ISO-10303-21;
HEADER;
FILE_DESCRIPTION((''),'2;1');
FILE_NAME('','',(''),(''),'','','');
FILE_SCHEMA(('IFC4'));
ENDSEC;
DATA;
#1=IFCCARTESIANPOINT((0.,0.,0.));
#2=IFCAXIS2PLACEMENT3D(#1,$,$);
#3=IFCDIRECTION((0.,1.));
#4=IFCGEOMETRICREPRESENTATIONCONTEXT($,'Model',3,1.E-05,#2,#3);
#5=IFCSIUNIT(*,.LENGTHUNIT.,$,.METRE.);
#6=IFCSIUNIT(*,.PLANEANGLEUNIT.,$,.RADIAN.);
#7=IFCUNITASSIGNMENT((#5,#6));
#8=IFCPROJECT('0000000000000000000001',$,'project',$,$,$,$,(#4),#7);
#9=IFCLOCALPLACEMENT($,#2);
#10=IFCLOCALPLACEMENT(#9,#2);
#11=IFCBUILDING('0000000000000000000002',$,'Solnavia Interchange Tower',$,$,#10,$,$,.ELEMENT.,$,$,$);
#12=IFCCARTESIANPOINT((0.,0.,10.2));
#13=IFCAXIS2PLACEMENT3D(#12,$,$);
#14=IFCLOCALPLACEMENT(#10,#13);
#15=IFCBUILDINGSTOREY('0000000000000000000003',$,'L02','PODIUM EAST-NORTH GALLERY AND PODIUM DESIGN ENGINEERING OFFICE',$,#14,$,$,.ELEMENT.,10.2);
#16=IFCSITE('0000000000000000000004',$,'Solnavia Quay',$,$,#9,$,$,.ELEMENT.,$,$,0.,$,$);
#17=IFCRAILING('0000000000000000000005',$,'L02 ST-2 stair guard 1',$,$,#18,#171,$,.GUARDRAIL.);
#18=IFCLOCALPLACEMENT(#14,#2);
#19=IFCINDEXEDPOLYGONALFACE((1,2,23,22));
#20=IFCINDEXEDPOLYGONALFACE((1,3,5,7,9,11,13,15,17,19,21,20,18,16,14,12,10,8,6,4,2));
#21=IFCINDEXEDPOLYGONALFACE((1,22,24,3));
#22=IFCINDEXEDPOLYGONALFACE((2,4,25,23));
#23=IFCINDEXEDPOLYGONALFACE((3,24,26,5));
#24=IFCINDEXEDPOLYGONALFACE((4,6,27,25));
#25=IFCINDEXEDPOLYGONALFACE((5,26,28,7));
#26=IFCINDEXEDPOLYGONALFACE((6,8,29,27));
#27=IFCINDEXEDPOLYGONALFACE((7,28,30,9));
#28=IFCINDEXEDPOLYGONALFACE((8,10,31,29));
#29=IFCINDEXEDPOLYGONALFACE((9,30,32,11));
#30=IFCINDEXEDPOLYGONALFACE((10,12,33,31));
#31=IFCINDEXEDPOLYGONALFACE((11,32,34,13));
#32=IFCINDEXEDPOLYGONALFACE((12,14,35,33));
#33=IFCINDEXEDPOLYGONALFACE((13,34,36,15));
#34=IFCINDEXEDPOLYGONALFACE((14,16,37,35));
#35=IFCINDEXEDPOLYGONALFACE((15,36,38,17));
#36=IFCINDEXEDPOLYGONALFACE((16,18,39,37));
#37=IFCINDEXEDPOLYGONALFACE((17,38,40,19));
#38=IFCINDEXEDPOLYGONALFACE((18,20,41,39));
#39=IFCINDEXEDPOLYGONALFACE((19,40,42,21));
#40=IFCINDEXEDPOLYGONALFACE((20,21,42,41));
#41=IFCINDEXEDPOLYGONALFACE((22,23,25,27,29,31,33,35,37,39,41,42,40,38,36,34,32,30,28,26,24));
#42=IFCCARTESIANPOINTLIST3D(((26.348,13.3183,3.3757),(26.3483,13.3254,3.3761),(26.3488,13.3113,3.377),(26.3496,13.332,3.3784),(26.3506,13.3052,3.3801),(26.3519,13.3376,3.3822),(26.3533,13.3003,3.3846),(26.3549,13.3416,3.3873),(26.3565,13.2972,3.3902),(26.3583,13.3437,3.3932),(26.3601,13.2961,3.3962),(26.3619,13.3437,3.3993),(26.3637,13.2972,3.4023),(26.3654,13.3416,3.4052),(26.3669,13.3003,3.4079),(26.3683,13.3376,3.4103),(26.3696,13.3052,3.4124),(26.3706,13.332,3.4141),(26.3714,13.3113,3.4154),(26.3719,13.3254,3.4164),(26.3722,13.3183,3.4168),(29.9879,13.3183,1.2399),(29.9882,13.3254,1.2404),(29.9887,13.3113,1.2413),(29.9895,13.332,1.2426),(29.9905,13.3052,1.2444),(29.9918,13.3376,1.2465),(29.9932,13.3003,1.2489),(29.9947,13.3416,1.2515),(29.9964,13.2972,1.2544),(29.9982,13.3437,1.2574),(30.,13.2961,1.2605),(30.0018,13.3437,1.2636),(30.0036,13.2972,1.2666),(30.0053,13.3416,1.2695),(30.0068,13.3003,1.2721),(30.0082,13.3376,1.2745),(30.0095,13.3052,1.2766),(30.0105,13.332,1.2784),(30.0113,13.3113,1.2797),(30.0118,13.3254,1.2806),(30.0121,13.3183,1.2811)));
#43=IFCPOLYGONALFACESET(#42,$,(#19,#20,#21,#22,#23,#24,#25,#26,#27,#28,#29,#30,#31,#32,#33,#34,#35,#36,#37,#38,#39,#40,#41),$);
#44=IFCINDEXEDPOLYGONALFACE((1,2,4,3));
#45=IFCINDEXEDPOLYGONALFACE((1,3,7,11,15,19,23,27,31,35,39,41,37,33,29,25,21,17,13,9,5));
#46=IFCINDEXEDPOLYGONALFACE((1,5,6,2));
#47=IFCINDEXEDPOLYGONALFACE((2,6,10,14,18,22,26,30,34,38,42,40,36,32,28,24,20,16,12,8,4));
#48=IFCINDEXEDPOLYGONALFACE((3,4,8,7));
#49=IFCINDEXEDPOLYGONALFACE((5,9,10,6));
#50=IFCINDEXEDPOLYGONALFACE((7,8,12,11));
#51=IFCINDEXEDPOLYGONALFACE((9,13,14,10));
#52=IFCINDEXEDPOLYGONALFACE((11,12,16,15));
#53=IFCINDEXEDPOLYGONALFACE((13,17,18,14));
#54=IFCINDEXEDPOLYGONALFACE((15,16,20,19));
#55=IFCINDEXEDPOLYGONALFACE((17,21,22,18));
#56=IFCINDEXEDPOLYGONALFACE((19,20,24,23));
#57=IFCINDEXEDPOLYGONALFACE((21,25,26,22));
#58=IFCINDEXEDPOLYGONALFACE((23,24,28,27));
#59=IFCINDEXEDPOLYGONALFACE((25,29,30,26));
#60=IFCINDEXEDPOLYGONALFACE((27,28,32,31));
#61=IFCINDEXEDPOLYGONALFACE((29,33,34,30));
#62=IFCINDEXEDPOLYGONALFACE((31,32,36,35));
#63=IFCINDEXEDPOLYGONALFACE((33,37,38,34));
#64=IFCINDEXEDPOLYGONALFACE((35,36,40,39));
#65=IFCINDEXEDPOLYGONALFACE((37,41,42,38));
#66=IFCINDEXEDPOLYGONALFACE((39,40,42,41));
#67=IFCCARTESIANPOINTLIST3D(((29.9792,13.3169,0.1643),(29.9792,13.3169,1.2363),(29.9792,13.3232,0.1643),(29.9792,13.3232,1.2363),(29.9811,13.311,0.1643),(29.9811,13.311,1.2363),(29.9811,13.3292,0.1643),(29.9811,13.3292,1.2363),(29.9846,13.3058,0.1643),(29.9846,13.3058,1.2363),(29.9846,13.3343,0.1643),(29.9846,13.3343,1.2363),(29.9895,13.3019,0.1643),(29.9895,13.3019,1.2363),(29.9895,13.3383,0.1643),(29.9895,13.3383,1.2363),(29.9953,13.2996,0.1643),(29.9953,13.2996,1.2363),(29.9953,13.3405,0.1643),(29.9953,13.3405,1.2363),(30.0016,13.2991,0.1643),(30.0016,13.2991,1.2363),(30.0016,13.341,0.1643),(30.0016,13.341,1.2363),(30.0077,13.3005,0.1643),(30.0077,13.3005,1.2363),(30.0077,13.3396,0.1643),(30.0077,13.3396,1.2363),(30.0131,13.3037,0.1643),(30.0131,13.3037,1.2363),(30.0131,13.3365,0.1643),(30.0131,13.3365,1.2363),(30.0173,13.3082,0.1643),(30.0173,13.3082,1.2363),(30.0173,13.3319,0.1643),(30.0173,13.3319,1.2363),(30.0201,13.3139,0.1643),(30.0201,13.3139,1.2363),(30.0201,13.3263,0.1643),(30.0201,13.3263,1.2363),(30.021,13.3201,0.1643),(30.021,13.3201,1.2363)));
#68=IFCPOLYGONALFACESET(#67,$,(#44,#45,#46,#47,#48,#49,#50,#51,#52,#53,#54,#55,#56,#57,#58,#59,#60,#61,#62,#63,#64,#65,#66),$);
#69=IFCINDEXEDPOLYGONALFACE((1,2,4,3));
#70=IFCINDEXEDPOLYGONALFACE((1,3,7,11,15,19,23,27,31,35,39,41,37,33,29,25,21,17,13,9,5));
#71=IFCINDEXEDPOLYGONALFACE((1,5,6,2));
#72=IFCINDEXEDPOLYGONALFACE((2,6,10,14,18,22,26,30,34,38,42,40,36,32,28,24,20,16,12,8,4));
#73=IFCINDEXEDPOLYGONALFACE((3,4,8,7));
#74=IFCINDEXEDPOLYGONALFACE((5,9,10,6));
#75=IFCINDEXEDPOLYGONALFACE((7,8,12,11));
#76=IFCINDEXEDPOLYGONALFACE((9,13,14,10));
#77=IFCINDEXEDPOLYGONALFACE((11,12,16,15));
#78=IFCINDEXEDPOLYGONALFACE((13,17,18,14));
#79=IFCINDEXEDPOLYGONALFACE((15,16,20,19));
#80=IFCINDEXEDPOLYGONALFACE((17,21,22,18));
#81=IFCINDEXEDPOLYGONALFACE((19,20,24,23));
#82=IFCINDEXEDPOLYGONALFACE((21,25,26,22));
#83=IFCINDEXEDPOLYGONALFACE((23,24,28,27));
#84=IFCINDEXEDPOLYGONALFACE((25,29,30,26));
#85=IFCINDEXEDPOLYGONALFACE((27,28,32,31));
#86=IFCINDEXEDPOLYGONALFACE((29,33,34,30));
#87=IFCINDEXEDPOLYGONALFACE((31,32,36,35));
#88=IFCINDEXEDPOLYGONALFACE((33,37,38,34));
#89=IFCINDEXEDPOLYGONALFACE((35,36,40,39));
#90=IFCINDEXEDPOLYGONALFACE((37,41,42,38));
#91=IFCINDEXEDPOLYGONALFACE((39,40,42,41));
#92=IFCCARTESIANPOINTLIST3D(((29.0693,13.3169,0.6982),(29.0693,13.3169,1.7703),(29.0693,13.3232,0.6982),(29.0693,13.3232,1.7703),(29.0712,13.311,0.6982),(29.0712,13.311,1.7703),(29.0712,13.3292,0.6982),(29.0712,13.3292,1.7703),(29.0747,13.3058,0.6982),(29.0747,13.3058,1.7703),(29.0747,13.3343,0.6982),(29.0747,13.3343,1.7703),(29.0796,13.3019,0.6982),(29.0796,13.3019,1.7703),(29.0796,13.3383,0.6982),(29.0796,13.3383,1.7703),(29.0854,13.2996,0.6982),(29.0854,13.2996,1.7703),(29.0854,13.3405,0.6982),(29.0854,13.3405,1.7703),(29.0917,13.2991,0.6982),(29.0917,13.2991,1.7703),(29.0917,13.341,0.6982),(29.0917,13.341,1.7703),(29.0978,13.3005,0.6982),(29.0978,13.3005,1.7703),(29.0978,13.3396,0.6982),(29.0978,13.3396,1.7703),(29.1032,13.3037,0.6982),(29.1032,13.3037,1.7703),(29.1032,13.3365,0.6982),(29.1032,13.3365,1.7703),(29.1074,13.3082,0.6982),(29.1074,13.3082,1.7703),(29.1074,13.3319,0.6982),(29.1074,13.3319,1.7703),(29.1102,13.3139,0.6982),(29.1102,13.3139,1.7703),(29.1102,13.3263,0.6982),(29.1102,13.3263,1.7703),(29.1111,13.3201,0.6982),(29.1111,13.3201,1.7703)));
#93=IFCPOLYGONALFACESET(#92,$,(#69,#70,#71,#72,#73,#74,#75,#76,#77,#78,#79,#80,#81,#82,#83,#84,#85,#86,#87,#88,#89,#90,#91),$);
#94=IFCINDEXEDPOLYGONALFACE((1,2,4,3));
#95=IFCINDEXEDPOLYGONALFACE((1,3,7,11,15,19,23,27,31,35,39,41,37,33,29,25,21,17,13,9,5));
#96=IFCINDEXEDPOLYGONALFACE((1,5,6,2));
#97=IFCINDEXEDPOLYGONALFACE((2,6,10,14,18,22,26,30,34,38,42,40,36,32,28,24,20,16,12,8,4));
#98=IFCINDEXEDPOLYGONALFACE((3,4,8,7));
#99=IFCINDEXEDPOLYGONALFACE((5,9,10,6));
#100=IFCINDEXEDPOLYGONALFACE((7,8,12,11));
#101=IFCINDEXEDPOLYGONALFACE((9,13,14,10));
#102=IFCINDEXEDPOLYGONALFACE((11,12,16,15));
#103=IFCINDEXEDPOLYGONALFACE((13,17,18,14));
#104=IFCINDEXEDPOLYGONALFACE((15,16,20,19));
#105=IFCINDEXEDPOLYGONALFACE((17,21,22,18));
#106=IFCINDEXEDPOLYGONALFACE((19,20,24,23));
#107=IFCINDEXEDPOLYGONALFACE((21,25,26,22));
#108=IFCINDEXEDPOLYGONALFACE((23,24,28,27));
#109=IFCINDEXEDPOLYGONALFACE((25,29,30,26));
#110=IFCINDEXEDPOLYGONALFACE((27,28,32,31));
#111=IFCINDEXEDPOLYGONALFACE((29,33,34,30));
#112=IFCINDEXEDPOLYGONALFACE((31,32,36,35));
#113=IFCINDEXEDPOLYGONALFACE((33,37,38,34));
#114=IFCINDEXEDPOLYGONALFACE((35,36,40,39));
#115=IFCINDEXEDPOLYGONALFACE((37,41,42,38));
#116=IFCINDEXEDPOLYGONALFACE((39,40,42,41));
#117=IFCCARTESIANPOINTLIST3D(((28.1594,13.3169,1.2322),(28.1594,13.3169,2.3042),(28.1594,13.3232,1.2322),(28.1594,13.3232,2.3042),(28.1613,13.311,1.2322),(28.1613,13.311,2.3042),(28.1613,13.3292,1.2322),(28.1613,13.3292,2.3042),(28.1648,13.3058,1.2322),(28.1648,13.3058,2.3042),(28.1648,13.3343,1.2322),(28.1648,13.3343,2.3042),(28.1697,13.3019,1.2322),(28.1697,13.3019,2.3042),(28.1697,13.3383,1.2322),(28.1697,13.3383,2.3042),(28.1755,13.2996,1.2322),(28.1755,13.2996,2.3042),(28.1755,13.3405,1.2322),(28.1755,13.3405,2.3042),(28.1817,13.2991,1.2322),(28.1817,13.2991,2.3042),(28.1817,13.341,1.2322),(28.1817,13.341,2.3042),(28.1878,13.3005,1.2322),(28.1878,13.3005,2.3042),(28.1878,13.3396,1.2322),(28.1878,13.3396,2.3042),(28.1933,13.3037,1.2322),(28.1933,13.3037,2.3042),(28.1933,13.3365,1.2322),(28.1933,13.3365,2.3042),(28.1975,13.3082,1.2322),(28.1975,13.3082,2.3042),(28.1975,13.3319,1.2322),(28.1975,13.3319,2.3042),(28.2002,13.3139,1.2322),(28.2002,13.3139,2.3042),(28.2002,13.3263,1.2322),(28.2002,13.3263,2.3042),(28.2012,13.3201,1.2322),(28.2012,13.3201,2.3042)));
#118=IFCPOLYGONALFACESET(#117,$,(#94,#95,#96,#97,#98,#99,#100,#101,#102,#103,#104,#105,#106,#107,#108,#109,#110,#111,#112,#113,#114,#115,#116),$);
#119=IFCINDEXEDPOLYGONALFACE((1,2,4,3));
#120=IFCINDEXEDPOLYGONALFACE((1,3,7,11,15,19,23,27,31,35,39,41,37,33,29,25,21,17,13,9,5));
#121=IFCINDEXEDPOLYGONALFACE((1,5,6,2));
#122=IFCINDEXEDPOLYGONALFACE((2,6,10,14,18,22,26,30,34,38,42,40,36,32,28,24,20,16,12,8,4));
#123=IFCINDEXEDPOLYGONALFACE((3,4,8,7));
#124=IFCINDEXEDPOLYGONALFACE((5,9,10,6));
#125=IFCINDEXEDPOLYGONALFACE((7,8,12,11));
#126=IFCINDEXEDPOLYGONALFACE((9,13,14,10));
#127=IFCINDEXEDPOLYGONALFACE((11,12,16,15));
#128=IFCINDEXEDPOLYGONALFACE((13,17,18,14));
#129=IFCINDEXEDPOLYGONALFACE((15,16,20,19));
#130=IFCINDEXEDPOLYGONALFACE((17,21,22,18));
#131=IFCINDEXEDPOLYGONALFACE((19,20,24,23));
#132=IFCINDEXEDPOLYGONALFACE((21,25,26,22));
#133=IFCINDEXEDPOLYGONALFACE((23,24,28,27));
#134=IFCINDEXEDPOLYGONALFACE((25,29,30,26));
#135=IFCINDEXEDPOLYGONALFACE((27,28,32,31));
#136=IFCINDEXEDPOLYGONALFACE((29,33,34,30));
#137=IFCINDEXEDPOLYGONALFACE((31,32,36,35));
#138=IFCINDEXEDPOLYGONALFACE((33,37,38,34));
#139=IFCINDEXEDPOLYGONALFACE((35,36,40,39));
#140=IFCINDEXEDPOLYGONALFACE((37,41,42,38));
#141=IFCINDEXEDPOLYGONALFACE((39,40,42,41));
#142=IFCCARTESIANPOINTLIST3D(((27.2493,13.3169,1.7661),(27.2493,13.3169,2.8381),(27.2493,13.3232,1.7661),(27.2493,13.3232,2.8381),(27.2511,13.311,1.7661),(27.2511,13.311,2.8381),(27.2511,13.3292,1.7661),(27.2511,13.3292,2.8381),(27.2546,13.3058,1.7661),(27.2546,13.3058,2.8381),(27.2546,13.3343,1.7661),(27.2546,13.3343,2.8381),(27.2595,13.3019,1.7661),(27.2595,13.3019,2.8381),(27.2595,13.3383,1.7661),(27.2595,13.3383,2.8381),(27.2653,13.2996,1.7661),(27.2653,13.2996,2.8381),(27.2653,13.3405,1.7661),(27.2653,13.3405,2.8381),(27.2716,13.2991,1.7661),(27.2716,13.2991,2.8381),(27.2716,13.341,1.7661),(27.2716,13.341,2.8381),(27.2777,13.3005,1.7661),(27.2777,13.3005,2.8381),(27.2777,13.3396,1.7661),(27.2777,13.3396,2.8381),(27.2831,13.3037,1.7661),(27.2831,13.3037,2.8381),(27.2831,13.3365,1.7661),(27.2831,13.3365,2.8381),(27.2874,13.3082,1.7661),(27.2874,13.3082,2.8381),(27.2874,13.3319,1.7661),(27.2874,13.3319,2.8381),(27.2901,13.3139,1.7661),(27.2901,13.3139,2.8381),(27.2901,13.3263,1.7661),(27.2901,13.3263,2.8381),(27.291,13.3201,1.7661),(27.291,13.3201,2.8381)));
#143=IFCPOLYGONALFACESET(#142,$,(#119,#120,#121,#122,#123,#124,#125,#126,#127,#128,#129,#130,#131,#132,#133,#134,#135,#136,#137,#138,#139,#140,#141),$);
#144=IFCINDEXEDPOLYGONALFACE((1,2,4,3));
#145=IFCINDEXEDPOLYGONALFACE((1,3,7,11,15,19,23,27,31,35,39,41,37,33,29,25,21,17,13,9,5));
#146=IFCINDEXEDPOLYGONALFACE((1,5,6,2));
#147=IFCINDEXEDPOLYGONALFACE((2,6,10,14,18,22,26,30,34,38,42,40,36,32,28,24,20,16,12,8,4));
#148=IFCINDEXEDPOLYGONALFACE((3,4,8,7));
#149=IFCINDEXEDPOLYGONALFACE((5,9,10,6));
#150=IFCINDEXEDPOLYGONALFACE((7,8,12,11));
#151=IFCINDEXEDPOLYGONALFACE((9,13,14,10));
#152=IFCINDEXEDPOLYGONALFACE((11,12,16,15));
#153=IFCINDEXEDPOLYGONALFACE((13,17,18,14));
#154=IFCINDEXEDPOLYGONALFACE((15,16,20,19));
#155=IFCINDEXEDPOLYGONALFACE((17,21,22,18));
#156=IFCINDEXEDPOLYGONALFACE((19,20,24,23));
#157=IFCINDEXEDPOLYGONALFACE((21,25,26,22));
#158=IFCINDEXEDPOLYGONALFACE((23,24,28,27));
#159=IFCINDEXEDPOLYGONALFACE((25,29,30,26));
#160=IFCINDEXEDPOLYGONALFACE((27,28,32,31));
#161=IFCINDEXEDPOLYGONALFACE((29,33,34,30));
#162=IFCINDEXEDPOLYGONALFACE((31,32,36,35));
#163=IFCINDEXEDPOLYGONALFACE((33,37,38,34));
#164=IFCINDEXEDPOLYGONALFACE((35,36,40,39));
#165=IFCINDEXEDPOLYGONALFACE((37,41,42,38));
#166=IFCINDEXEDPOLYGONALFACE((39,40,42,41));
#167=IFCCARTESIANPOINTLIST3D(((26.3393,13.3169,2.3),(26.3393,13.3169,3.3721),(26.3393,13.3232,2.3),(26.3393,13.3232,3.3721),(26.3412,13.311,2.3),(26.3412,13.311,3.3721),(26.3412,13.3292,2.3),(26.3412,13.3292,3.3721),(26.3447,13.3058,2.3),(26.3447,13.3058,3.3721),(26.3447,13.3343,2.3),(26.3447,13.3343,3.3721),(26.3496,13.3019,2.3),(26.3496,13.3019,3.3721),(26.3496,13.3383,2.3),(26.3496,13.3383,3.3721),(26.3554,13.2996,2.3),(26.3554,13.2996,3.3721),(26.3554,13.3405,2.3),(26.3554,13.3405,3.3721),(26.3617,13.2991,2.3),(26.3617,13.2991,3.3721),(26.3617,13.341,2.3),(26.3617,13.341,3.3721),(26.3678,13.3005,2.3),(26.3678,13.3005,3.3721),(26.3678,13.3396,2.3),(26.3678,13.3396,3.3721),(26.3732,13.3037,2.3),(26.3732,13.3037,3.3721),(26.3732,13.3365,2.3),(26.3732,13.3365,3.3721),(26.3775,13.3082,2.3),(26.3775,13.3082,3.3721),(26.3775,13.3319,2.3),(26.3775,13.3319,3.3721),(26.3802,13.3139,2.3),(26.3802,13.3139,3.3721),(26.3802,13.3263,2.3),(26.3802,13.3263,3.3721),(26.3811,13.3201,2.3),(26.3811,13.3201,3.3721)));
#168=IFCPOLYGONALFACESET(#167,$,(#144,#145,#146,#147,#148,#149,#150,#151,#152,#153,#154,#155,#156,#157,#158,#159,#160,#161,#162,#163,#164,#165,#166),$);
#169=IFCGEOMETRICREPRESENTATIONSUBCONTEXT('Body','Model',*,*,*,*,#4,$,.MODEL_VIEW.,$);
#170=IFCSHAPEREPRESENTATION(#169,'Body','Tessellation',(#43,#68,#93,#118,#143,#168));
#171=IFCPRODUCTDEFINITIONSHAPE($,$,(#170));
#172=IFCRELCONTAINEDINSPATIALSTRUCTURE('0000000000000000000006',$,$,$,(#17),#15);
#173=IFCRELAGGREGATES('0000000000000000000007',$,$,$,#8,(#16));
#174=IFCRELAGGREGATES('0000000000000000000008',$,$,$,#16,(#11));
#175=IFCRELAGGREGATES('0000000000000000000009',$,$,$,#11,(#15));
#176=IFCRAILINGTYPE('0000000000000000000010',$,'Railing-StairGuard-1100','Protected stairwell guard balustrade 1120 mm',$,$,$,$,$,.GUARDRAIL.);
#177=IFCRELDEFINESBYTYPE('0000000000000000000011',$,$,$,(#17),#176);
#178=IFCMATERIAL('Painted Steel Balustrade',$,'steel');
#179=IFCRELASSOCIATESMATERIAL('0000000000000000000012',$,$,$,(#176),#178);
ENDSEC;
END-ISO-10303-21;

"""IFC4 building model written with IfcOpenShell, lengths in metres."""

from ifc_helpers import new_model, si_unit, direction, frame, origin, origin_2d, place, context, subcontext, project, spatial, circle, extrude, material, type_object, element, save


model = new_model("IFC4")

# Units and contexts
model_context = context("Model", 3, precision=1e-05, world=origin(), true_north=direction((0.0, 1.0)))
body_context = subcontext(model_context, "Body", "Model", "MODEL_VIEW")
ifc_project = project(units=[si_unit("LENGTHUNIT", "METRE"), si_unit("PLANEANGLEUNIT", "RADIAN")], contexts=[model_context])

# Site, building, storey
site_placement = place(None, origin())
site = spatial("IfcSite", under=ifc_project, at=site_placement, Name="Solnavia Quay", CompositionType="ELEMENT", RefElevation=0.0)
building_placement = place(site_placement, origin())
building = spatial("IfcBuilding", under=site, at=building_placement, Name="Solnavia Interchange Tower", CompositionType="ELEMENT")
storey_placement = place(building_placement, frame((0.0, 0.0, 10.2)))
storey = spatial("IfcBuildingStorey", under=building, at=storey_placement, Name="L02", Description="PODIUM EAST-NORTH GALLERY AND PODIUM DESIGN ENGINEERING OFFICE", CompositionType="ELEMENT", Elevation=10.2)

# Railing
ifc_material_1 = material(Name="Painted Steel Balustrade", Category="steel")
railing_type_1 = type_object("IfcRailingType", Name="Railing-StairGuard-1100", Description="Protected stairwell guard balustrade 1120 mm", PredefinedType="GUARDRAIL", material=ifc_material_1)
railing_1_placement = place(storey_placement, frame((30.0, 13.3201, 0.1643)))
element("IfcRailing", 1, at=railing_1_placement, inside=storey, type_object=railing_type_1, Name="L02 ST-2 stair guard 1", PredefinedType="GUARDRAIL", context=body_context, shape_type="SweptSolid", body=[
    extrude(circle(Radius=0.0239, at=origin_2d()), frame((0.0, 0.0, 1.0962), z_axis=(-0.86249, 0.0, 0.506074), x_axis=(0.0, -1.0, 0.0)), (0.0, 0.0, 1.0), 4.2202),
    extrude(circle(Radius=0.021, at=origin_2d()), origin(), (0.0, 0.0, 1.0), 1.072),
    extrude(circle(Radius=0.021, at=origin_2d()), frame((-0.9099, 0.0, 0.5339)), (0.0, 0.0, 1.0), 1.072),
    extrude(circle(Radius=0.021, at=origin_2d()), frame((-1.8198, 0.0, 1.0679)), (0.0, 0.0, 1.0), 1.072),
    extrude(circle(Radius=0.021, at=origin_2d()), frame((-2.73, 0.0, 1.6018)), (0.0, 0.0, 1.0), 1.072),
    extrude(circle(Radius=0.021, at=origin_2d()), frame((-3.6399, 0.0, 2.1357)), (0.0, 0.0, 1.0), 1.072),
])

save(model, "model.ifc")
